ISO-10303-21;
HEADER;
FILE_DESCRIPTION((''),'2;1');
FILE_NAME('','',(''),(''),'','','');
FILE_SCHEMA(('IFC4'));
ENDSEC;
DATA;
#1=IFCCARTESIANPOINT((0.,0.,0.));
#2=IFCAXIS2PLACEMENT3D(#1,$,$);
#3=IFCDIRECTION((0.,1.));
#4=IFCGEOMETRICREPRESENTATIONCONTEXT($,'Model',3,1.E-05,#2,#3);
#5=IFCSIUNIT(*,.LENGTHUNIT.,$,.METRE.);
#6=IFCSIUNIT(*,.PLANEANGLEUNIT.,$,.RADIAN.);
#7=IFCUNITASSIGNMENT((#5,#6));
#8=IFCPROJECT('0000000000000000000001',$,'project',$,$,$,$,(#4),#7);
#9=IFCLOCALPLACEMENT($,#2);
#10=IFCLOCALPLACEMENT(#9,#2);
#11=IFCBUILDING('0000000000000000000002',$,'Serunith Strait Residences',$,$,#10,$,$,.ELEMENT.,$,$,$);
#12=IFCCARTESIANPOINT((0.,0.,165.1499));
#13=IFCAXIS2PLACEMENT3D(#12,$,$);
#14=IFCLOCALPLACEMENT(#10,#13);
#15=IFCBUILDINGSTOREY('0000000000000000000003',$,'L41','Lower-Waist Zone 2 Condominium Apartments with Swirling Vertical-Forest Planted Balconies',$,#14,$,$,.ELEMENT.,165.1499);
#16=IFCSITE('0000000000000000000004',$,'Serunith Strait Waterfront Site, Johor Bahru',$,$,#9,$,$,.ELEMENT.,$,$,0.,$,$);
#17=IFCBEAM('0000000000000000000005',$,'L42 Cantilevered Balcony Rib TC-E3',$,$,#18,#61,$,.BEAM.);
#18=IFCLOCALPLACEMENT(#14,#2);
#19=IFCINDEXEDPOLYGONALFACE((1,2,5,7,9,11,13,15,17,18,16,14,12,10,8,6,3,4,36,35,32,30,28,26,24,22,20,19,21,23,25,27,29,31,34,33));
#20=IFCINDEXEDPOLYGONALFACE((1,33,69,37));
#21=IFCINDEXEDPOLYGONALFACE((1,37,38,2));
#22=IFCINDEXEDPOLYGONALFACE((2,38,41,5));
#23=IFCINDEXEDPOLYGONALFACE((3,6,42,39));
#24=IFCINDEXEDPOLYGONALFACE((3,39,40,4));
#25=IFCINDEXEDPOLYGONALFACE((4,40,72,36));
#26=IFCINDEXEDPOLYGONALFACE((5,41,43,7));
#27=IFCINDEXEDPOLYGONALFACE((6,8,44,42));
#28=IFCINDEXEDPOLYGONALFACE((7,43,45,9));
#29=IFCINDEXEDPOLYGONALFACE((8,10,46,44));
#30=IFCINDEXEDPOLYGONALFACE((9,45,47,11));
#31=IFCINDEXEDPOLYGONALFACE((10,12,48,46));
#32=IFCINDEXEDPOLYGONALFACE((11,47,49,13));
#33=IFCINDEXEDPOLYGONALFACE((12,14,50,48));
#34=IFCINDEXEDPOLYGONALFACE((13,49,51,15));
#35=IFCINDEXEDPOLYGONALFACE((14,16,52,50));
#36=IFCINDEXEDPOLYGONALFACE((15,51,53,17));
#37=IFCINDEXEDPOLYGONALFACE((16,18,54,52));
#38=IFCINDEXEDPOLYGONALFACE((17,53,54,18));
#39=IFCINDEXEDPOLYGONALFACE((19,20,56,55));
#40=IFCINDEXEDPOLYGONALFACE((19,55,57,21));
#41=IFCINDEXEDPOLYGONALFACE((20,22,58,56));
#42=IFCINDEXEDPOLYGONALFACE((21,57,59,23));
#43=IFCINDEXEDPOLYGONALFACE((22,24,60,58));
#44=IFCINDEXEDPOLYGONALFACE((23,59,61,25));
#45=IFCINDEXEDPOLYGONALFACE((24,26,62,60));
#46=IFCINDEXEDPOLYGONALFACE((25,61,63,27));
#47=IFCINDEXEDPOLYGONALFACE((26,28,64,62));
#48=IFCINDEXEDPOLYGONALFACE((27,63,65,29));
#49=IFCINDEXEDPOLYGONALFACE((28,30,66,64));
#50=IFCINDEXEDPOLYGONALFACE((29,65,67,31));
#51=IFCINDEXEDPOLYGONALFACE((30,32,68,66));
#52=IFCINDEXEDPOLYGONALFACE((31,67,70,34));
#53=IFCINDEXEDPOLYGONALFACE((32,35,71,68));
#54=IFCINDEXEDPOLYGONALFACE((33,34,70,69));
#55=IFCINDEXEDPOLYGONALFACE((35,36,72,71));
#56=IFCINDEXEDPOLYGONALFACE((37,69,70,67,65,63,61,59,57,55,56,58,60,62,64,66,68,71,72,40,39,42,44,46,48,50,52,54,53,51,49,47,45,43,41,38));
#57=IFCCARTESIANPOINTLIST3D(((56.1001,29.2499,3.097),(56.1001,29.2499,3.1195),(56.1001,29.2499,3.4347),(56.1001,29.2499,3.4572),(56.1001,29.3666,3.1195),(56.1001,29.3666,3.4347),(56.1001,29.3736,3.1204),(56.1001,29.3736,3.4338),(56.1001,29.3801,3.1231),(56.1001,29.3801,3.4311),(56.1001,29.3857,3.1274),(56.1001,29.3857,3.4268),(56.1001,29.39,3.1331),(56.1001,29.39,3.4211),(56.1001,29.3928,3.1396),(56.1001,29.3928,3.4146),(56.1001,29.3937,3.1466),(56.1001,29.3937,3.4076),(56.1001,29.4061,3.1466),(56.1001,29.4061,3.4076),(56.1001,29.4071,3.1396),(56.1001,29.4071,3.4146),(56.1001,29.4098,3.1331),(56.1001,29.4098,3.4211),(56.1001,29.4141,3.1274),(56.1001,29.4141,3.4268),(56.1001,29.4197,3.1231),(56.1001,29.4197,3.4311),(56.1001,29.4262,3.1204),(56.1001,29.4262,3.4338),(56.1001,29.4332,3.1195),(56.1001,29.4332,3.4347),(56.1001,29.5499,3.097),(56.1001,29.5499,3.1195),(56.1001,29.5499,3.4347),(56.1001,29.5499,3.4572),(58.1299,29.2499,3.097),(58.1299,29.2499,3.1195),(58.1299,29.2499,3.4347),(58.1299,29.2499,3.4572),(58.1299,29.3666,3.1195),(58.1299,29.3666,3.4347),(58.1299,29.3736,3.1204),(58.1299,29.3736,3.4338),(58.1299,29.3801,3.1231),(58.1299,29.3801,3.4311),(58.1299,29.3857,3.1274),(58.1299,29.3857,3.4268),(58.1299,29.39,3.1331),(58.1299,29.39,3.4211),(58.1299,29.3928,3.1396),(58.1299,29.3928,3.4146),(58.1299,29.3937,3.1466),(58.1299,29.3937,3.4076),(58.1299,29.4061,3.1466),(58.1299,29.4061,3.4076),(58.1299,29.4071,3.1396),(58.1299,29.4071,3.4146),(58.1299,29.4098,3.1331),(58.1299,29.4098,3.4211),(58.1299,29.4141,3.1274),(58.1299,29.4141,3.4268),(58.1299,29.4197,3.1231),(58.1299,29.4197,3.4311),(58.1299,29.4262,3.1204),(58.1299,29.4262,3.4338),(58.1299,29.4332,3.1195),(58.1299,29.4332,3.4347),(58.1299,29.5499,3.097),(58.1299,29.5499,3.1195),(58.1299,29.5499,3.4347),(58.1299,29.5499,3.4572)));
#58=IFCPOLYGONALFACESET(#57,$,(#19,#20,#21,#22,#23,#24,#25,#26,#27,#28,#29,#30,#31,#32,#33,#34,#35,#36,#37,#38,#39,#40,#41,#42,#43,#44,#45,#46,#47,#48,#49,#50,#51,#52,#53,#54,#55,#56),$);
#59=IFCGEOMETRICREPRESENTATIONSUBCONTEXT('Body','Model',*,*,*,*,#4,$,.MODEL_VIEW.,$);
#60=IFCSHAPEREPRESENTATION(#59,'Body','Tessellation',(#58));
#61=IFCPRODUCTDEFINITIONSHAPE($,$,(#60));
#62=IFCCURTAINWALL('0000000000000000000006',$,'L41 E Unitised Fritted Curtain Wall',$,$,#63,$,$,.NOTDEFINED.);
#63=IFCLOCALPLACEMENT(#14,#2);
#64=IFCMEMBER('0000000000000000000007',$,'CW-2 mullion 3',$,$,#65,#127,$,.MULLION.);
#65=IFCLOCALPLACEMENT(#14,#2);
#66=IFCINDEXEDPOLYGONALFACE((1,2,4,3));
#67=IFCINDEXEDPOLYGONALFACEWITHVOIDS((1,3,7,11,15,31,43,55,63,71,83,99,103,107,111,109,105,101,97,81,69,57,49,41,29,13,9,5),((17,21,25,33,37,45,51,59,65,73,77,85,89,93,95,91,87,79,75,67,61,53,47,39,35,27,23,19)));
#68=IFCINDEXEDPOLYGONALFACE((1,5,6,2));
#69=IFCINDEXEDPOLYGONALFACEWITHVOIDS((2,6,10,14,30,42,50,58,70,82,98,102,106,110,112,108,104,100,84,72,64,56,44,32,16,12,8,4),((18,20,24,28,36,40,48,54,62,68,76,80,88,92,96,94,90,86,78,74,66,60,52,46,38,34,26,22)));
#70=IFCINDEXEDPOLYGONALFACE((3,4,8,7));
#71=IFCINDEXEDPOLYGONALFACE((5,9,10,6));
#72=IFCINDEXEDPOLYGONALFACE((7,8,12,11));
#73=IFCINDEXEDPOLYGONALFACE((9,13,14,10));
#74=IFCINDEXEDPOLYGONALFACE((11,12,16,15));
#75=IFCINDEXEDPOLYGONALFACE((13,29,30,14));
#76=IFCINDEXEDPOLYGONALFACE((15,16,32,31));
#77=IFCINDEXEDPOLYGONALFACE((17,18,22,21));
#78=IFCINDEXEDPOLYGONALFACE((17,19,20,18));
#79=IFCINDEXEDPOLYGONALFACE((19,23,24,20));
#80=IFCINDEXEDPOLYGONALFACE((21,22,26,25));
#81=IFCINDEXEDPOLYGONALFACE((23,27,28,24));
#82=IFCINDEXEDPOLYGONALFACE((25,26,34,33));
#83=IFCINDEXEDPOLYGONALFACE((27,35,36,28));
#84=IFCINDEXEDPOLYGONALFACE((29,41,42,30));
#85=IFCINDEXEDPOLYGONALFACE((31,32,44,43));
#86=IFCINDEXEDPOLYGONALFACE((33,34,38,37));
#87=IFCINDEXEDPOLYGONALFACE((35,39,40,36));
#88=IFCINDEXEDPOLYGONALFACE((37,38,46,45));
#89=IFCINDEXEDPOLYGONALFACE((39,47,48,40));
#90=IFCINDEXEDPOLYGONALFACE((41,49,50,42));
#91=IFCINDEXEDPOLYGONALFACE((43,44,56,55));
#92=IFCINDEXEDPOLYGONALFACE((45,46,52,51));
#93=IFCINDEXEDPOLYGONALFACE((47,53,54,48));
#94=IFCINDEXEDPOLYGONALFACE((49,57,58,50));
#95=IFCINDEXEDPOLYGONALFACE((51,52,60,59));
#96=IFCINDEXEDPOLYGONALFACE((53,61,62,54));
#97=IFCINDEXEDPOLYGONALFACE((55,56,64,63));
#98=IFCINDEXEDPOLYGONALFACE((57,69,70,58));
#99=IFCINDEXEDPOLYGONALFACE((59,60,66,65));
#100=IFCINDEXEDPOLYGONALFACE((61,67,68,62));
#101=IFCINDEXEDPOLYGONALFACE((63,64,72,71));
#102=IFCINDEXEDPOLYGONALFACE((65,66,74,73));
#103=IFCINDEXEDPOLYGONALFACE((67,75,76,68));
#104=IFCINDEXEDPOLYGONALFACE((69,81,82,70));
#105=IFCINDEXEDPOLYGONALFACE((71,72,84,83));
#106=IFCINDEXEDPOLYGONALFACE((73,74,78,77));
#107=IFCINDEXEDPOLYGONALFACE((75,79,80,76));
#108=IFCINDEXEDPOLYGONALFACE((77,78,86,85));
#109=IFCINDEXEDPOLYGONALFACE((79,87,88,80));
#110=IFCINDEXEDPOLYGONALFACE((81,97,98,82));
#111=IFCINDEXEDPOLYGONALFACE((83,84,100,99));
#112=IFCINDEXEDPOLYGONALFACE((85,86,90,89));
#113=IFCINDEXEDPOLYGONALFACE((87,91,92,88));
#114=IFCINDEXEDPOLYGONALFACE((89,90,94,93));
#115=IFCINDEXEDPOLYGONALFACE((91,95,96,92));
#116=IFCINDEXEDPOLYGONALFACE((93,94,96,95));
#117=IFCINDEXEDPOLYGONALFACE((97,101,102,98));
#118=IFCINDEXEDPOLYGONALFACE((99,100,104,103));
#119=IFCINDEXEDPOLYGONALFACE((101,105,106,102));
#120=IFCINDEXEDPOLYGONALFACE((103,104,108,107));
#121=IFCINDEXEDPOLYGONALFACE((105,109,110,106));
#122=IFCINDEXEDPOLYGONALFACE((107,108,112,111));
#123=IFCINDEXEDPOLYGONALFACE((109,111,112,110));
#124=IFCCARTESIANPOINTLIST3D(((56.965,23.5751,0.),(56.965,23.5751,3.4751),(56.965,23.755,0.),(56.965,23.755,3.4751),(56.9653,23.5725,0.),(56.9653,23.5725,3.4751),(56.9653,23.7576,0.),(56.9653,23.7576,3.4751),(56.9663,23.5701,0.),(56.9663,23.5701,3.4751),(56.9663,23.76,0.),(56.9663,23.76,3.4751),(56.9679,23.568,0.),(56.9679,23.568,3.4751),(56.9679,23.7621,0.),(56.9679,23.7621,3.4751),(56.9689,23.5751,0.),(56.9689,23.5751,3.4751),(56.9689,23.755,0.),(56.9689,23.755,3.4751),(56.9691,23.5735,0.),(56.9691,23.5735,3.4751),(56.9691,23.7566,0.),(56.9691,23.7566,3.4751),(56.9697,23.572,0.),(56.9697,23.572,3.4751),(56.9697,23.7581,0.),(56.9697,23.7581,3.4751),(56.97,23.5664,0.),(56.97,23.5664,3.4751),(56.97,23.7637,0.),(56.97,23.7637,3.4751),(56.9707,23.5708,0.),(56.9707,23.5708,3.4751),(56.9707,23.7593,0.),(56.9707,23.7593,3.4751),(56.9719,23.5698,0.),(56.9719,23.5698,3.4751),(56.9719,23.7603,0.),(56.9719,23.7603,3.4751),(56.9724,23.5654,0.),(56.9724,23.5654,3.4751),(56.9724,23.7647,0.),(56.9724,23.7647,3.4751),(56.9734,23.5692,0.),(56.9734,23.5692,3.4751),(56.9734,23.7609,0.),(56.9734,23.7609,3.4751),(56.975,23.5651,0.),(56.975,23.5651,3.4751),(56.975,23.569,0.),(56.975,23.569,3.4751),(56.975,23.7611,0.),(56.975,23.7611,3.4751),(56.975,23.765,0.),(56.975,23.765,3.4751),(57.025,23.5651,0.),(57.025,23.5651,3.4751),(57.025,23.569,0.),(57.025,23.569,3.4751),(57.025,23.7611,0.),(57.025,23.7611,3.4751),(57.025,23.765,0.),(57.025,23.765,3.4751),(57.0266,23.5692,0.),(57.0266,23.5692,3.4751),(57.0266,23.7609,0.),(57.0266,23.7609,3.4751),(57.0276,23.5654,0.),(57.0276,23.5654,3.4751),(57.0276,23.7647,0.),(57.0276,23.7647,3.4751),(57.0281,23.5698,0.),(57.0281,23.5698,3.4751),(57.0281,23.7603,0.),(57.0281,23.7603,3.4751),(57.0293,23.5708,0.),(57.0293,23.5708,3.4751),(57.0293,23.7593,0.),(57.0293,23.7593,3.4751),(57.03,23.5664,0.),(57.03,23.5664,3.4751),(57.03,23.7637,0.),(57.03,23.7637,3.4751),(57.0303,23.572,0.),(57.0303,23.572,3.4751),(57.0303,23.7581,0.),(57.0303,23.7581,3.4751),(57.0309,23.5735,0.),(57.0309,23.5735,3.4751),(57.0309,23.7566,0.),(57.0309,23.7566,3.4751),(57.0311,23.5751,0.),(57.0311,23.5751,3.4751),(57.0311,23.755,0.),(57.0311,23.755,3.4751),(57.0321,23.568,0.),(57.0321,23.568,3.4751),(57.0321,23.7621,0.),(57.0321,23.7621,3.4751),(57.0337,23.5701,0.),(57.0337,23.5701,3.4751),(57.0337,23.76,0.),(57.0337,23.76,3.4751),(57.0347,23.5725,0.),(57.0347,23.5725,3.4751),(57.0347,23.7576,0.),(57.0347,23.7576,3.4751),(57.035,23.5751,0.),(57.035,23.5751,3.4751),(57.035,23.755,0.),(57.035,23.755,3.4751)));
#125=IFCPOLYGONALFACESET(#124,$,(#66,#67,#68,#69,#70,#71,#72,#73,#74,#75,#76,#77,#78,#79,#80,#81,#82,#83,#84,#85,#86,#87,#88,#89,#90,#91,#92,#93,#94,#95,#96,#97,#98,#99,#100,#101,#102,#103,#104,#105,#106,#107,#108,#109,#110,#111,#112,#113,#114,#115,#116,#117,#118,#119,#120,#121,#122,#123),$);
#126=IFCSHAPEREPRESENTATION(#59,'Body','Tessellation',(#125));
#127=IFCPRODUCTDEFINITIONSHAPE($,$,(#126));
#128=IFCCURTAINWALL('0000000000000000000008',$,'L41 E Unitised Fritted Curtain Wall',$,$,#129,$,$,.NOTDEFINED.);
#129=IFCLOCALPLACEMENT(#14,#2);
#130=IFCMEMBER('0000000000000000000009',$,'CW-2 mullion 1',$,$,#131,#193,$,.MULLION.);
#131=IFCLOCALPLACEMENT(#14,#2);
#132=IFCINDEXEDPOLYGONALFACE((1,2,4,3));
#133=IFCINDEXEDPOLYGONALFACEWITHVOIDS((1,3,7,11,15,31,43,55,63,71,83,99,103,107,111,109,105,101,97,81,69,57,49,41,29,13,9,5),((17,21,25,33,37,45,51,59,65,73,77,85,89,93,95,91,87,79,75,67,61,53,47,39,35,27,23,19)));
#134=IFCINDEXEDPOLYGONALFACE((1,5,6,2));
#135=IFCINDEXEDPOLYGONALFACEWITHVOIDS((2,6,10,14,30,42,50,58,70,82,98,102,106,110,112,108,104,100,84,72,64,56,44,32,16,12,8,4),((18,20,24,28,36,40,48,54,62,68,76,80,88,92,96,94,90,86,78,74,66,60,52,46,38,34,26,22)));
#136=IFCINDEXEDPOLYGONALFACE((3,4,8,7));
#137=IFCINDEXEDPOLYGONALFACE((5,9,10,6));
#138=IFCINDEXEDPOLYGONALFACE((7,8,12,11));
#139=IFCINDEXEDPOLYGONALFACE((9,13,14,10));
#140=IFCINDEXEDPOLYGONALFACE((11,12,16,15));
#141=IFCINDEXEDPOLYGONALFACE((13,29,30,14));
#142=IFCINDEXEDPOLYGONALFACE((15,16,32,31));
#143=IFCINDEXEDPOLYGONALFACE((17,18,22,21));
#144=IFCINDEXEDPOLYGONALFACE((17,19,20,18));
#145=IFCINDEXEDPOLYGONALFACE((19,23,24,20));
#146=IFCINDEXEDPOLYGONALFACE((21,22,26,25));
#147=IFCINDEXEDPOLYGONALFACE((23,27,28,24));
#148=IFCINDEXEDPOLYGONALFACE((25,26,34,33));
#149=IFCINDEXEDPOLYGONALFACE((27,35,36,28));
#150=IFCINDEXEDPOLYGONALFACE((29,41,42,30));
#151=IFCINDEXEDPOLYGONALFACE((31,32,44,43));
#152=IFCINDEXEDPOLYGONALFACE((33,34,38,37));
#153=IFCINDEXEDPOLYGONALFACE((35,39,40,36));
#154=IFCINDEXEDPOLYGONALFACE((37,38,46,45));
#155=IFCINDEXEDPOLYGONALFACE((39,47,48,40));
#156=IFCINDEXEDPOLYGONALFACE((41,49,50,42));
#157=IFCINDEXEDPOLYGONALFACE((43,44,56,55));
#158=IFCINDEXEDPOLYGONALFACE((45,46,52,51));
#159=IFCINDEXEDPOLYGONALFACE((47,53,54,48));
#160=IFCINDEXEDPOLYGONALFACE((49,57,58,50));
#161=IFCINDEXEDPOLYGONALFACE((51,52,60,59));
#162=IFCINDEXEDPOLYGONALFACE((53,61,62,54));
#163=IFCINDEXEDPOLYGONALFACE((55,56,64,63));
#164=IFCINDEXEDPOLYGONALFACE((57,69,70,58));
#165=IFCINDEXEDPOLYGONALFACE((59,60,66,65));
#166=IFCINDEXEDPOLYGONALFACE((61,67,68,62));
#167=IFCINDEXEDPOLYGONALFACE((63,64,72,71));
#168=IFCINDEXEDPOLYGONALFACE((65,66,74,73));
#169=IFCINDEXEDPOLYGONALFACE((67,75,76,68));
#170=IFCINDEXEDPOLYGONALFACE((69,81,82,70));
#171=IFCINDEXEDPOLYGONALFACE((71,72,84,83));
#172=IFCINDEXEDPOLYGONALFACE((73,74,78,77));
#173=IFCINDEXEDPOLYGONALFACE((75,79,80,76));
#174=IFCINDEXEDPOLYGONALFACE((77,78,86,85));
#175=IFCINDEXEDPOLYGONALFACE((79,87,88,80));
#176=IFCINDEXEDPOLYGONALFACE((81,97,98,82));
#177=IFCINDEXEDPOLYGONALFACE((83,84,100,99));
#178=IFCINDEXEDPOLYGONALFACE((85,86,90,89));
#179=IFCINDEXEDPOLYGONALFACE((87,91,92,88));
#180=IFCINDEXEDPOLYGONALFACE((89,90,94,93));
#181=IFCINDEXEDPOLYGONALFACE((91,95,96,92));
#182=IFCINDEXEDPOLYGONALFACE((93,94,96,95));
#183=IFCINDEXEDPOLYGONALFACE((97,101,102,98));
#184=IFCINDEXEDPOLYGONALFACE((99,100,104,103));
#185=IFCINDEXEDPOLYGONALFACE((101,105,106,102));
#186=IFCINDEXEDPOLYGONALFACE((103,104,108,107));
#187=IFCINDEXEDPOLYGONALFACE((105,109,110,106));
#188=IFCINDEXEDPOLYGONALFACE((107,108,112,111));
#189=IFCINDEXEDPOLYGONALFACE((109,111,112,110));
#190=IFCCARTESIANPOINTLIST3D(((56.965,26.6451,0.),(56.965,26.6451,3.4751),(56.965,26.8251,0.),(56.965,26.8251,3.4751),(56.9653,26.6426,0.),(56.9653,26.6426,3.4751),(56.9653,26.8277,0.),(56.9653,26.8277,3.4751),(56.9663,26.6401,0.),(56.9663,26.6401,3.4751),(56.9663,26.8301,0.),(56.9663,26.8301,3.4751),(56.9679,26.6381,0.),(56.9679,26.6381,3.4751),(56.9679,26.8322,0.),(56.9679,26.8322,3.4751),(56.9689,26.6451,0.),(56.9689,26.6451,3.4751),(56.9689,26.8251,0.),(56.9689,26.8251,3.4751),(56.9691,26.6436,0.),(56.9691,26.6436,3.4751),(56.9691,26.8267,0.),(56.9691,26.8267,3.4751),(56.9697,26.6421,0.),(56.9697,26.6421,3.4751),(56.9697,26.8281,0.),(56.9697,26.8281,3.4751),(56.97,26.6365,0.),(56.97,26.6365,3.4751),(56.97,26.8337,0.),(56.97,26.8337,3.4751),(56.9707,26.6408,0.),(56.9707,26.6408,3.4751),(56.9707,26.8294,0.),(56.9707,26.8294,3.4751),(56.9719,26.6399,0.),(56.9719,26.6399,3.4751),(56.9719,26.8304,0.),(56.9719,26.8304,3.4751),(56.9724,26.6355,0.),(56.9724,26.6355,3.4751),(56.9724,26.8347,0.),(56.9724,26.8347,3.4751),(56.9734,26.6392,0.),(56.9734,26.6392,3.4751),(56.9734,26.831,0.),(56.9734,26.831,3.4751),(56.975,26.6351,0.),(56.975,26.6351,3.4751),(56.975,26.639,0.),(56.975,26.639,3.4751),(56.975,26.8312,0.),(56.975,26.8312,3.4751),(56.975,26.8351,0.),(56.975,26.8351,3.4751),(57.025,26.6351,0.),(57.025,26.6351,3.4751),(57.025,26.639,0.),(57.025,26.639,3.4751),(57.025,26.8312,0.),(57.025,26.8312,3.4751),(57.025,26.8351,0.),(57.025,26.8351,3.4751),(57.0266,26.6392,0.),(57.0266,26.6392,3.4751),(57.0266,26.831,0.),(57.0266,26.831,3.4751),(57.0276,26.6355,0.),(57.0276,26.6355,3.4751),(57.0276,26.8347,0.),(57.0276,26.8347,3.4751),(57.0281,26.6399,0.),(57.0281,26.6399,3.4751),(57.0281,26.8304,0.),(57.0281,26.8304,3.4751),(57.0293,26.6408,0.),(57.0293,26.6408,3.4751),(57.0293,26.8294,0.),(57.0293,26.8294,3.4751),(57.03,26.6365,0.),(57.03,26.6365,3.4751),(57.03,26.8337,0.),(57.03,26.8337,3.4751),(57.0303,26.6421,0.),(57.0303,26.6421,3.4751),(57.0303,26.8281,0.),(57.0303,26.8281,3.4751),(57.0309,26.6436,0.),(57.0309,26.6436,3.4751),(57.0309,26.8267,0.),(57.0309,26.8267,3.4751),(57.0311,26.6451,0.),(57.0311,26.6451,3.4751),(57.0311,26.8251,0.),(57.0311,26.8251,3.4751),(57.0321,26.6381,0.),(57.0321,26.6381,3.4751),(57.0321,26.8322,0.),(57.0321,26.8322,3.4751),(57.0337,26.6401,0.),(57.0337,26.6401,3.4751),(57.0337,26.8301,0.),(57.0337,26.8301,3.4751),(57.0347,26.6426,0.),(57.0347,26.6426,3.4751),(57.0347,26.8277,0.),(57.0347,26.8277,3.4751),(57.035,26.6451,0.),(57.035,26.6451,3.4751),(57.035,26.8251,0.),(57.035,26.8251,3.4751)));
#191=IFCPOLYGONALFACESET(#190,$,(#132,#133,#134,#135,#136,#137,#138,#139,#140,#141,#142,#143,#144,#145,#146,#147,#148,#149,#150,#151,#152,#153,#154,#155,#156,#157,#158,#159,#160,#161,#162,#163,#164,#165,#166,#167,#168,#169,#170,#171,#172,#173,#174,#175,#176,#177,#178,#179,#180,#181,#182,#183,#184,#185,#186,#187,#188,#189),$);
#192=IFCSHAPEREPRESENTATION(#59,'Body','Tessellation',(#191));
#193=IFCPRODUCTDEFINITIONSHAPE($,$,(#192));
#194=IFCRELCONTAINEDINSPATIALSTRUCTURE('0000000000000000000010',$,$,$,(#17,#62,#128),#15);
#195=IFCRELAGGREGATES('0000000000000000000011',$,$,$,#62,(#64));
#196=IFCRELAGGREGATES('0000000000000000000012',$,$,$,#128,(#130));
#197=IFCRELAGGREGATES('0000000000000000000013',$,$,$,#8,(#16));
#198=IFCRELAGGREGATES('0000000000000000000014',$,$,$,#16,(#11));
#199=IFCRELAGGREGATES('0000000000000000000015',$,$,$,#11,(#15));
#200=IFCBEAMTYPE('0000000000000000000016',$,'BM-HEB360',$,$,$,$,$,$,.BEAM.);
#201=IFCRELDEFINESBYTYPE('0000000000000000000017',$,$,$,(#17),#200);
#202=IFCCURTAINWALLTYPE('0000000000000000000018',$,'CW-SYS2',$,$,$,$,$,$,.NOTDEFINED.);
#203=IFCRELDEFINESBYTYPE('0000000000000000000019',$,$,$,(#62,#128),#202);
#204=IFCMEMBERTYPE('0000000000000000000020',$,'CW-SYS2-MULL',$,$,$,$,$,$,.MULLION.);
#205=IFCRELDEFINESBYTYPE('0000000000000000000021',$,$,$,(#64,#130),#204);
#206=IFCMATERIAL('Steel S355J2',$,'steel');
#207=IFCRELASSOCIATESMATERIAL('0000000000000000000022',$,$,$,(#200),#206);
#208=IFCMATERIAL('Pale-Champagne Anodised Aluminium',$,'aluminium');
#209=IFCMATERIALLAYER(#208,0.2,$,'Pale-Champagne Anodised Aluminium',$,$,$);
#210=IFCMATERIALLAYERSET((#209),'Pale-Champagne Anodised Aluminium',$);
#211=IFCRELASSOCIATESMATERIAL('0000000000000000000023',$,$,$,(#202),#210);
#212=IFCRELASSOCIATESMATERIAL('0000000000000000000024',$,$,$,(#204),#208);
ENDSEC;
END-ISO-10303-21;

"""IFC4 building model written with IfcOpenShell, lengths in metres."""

from ifc_helpers import new_model, si_unit, direction, frame, origin, origin_2d, place, context, subcontext, project, spatial, hollow_rectangle, i_section, extrude, source, transform, mapped, material, layer, layer_set, material_profile, profile_set, type_object, element, aggregate, save


model = new_model("IFC4")

# Units and contexts
model_context = context("Model", 3, precision=1e-05, world=origin(), true_north=direction((0.0, 1.0)))
body_context = subcontext(model_context, "Body", "Model", "MODEL_VIEW")
ifc_project = project(units=[si_unit("LENGTHUNIT", "METRE"), si_unit("PLANEANGLEUNIT", "RADIAN")], contexts=[model_context])

# Site, building, storey
site_placement = place(None, origin())
site = spatial("IfcSite", under=ifc_project, at=site_placement, Name="Serunith Strait Waterfront Site, Johor Bahru", CompositionType="ELEMENT", RefElevation=0.0)
building_placement = place(site_placement, origin())
building = spatial("IfcBuilding", under=site, at=building_placement, Name="Serunith Strait Residences", CompositionType="ELEMENT")
storey_placement = place(building_placement, frame((0.0, 0.0, 165.1499)))
storey = spatial("IfcBuildingStorey", under=building, at=storey_placement, Name="L41", Description="Lower-Waist Zone 2 Condominium Apartments with Swirling Vertical-Forest Planted Balconies", CompositionType="ELEMENT", Elevation=165.1499)

# Beam
ifc_material_1 = material(Name="Steel S355J2", Category="steel")
ifc_material_profile_1 = material_profile(ifc_material_1, i_section(OverallWidth=0.3, OverallDepth=0.3601, WebThickness=0.0125, FlangeThickness=0.0225, FilletRadius=0.0271, at=origin_2d()), Name="HEB 360")
ifc_profile_set_1 = profile_set([ifc_material_profile_1], Name="Steel S355J2")
beam_type_1 = type_object("IfcBeamType", Name="BM-HEB360", PredefinedType="BEAM", material=ifc_profile_set_1)
shared_shape_1 = source(origin(), body_context, "Body", "SweptSolid", [
    extrude(i_section(OverallWidth=0.3, OverallDepth=0.3601, WebThickness=0.0125, FlangeThickness=0.0225, FilletRadius=0.0271, at=origin_2d()), origin(), (0.0, 0.0, 1.0), 2.0298),
])
beam_1_placement = place(storey_placement, frame((56.1001, 29.3999, 3.2771), z_axis=(1.0, 0.0, 0.0), x_axis=(0.0, 1.0, 0.0)))
element("IfcBeam", 1, at=beam_1_placement, inside=storey, type_object=beam_type_1, Name="L42 Cantilevered Balcony Rib TC-E3", PredefinedType="BEAM", context=body_context, shape_type="MappedRepresentation", body=[
    mapped(shared_shape_1, transform((0.0, 0.0, 0.0), scale=1.0)),
])

# Curtain wall, member
ifc_material_2 = material(Name="Pale-Champagne Anodised Aluminium", Category="aluminium")
ifc_layer_1 = layer(ifc_material_2, 0.2, Name="Pale-Champagne Anodised Aluminium")
ifc_layer_set_1 = layer_set([ifc_layer_1], Name="Pale-Champagne Anodised Aluminium")
curtain_wall_type = type_object("IfcCurtainWallType", Name="CW-SYS2", PredefinedType="NOTDEFINED", material=ifc_layer_set_1)
curtain_wall_1_placement = place(storey_placement, origin())
curtain_wall_1 = element("IfcCurtainWall", 2, at=curtain_wall_1_placement, inside=storey, type_object=curtain_wall_type, Name="L41 E Unitised Fritted Curtain Wall", PredefinedType="NOTDEFINED")
ifc_material_profile_2 = material_profile(ifc_material_2, hollow_rectangle(XDim=0.0701, YDim=0.2, WallThickness=0.0039, InnerFilletRadius=0.0061, OuterFilletRadius=0.01, at=origin_2d()), Name="ALU 200x70x4")
ifc_profile_set_2 = profile_set([ifc_material_profile_2], Name="Pale-Champagne Anodised Aluminium")
member_type_1 = type_object("IfcMemberType", Name="CW-SYS2-MULL", PredefinedType="MULLION", material=ifc_profile_set_2)
shared_shape_2 = source(origin(), body_context, "Body", "SweptSolid", [
    extrude(hollow_rectangle(XDim=0.0701, YDim=0.2, WallThickness=0.0039, InnerFilletRadius=0.0061, OuterFilletRadius=0.01, at=origin_2d()), origin(), (0.0, 0.0, 1.0), 3.4751),
])
member_1_placement = place(storey_placement, frame((57.0, 23.665, 0.0), z_axis=(0.0, 0.0, 1.0), x_axis=(-1.0, 0.0, 0.0)))
member_1 = element("IfcMember", 3, at=member_1_placement, type_object=member_type_1, Name="CW-2 mullion 3", PredefinedType="MULLION", context=body_context, shape_type="MappedRepresentation", body=[
    mapped(shared_shape_2, transform((0.0, 0.0, 0.0), scale=1.0)),
])
aggregate(curtain_wall_1, [member_1])

# Curtain wall, member
curtain_wall_2_placement = place(storey_placement, origin())
curtain_wall_2 = element("IfcCurtainWall", 4, at=curtain_wall_2_placement, inside=storey, type_object=curtain_wall_type, Name="L41 E Unitised Fritted Curtain Wall", PredefinedType="NOTDEFINED")
member_2_placement = place(storey_placement, frame((57.0, 26.7351, 0.0), z_axis=(0.0, 0.0, 1.0), x_axis=(-1.0, 0.0, 0.0)))
member_2 = element("IfcMember", 5, at=member_2_placement, type_object=member_type_1, Name="CW-2 mullion 1", PredefinedType="MULLION", context=body_context, shape_type="MappedRepresentation", body=[
    mapped(shared_shape_2, transform((0.0, 0.0, 0.0), scale=1.0)),
])
aggregate(curtain_wall_2, [member_2])

save(model, "model.ifc")
